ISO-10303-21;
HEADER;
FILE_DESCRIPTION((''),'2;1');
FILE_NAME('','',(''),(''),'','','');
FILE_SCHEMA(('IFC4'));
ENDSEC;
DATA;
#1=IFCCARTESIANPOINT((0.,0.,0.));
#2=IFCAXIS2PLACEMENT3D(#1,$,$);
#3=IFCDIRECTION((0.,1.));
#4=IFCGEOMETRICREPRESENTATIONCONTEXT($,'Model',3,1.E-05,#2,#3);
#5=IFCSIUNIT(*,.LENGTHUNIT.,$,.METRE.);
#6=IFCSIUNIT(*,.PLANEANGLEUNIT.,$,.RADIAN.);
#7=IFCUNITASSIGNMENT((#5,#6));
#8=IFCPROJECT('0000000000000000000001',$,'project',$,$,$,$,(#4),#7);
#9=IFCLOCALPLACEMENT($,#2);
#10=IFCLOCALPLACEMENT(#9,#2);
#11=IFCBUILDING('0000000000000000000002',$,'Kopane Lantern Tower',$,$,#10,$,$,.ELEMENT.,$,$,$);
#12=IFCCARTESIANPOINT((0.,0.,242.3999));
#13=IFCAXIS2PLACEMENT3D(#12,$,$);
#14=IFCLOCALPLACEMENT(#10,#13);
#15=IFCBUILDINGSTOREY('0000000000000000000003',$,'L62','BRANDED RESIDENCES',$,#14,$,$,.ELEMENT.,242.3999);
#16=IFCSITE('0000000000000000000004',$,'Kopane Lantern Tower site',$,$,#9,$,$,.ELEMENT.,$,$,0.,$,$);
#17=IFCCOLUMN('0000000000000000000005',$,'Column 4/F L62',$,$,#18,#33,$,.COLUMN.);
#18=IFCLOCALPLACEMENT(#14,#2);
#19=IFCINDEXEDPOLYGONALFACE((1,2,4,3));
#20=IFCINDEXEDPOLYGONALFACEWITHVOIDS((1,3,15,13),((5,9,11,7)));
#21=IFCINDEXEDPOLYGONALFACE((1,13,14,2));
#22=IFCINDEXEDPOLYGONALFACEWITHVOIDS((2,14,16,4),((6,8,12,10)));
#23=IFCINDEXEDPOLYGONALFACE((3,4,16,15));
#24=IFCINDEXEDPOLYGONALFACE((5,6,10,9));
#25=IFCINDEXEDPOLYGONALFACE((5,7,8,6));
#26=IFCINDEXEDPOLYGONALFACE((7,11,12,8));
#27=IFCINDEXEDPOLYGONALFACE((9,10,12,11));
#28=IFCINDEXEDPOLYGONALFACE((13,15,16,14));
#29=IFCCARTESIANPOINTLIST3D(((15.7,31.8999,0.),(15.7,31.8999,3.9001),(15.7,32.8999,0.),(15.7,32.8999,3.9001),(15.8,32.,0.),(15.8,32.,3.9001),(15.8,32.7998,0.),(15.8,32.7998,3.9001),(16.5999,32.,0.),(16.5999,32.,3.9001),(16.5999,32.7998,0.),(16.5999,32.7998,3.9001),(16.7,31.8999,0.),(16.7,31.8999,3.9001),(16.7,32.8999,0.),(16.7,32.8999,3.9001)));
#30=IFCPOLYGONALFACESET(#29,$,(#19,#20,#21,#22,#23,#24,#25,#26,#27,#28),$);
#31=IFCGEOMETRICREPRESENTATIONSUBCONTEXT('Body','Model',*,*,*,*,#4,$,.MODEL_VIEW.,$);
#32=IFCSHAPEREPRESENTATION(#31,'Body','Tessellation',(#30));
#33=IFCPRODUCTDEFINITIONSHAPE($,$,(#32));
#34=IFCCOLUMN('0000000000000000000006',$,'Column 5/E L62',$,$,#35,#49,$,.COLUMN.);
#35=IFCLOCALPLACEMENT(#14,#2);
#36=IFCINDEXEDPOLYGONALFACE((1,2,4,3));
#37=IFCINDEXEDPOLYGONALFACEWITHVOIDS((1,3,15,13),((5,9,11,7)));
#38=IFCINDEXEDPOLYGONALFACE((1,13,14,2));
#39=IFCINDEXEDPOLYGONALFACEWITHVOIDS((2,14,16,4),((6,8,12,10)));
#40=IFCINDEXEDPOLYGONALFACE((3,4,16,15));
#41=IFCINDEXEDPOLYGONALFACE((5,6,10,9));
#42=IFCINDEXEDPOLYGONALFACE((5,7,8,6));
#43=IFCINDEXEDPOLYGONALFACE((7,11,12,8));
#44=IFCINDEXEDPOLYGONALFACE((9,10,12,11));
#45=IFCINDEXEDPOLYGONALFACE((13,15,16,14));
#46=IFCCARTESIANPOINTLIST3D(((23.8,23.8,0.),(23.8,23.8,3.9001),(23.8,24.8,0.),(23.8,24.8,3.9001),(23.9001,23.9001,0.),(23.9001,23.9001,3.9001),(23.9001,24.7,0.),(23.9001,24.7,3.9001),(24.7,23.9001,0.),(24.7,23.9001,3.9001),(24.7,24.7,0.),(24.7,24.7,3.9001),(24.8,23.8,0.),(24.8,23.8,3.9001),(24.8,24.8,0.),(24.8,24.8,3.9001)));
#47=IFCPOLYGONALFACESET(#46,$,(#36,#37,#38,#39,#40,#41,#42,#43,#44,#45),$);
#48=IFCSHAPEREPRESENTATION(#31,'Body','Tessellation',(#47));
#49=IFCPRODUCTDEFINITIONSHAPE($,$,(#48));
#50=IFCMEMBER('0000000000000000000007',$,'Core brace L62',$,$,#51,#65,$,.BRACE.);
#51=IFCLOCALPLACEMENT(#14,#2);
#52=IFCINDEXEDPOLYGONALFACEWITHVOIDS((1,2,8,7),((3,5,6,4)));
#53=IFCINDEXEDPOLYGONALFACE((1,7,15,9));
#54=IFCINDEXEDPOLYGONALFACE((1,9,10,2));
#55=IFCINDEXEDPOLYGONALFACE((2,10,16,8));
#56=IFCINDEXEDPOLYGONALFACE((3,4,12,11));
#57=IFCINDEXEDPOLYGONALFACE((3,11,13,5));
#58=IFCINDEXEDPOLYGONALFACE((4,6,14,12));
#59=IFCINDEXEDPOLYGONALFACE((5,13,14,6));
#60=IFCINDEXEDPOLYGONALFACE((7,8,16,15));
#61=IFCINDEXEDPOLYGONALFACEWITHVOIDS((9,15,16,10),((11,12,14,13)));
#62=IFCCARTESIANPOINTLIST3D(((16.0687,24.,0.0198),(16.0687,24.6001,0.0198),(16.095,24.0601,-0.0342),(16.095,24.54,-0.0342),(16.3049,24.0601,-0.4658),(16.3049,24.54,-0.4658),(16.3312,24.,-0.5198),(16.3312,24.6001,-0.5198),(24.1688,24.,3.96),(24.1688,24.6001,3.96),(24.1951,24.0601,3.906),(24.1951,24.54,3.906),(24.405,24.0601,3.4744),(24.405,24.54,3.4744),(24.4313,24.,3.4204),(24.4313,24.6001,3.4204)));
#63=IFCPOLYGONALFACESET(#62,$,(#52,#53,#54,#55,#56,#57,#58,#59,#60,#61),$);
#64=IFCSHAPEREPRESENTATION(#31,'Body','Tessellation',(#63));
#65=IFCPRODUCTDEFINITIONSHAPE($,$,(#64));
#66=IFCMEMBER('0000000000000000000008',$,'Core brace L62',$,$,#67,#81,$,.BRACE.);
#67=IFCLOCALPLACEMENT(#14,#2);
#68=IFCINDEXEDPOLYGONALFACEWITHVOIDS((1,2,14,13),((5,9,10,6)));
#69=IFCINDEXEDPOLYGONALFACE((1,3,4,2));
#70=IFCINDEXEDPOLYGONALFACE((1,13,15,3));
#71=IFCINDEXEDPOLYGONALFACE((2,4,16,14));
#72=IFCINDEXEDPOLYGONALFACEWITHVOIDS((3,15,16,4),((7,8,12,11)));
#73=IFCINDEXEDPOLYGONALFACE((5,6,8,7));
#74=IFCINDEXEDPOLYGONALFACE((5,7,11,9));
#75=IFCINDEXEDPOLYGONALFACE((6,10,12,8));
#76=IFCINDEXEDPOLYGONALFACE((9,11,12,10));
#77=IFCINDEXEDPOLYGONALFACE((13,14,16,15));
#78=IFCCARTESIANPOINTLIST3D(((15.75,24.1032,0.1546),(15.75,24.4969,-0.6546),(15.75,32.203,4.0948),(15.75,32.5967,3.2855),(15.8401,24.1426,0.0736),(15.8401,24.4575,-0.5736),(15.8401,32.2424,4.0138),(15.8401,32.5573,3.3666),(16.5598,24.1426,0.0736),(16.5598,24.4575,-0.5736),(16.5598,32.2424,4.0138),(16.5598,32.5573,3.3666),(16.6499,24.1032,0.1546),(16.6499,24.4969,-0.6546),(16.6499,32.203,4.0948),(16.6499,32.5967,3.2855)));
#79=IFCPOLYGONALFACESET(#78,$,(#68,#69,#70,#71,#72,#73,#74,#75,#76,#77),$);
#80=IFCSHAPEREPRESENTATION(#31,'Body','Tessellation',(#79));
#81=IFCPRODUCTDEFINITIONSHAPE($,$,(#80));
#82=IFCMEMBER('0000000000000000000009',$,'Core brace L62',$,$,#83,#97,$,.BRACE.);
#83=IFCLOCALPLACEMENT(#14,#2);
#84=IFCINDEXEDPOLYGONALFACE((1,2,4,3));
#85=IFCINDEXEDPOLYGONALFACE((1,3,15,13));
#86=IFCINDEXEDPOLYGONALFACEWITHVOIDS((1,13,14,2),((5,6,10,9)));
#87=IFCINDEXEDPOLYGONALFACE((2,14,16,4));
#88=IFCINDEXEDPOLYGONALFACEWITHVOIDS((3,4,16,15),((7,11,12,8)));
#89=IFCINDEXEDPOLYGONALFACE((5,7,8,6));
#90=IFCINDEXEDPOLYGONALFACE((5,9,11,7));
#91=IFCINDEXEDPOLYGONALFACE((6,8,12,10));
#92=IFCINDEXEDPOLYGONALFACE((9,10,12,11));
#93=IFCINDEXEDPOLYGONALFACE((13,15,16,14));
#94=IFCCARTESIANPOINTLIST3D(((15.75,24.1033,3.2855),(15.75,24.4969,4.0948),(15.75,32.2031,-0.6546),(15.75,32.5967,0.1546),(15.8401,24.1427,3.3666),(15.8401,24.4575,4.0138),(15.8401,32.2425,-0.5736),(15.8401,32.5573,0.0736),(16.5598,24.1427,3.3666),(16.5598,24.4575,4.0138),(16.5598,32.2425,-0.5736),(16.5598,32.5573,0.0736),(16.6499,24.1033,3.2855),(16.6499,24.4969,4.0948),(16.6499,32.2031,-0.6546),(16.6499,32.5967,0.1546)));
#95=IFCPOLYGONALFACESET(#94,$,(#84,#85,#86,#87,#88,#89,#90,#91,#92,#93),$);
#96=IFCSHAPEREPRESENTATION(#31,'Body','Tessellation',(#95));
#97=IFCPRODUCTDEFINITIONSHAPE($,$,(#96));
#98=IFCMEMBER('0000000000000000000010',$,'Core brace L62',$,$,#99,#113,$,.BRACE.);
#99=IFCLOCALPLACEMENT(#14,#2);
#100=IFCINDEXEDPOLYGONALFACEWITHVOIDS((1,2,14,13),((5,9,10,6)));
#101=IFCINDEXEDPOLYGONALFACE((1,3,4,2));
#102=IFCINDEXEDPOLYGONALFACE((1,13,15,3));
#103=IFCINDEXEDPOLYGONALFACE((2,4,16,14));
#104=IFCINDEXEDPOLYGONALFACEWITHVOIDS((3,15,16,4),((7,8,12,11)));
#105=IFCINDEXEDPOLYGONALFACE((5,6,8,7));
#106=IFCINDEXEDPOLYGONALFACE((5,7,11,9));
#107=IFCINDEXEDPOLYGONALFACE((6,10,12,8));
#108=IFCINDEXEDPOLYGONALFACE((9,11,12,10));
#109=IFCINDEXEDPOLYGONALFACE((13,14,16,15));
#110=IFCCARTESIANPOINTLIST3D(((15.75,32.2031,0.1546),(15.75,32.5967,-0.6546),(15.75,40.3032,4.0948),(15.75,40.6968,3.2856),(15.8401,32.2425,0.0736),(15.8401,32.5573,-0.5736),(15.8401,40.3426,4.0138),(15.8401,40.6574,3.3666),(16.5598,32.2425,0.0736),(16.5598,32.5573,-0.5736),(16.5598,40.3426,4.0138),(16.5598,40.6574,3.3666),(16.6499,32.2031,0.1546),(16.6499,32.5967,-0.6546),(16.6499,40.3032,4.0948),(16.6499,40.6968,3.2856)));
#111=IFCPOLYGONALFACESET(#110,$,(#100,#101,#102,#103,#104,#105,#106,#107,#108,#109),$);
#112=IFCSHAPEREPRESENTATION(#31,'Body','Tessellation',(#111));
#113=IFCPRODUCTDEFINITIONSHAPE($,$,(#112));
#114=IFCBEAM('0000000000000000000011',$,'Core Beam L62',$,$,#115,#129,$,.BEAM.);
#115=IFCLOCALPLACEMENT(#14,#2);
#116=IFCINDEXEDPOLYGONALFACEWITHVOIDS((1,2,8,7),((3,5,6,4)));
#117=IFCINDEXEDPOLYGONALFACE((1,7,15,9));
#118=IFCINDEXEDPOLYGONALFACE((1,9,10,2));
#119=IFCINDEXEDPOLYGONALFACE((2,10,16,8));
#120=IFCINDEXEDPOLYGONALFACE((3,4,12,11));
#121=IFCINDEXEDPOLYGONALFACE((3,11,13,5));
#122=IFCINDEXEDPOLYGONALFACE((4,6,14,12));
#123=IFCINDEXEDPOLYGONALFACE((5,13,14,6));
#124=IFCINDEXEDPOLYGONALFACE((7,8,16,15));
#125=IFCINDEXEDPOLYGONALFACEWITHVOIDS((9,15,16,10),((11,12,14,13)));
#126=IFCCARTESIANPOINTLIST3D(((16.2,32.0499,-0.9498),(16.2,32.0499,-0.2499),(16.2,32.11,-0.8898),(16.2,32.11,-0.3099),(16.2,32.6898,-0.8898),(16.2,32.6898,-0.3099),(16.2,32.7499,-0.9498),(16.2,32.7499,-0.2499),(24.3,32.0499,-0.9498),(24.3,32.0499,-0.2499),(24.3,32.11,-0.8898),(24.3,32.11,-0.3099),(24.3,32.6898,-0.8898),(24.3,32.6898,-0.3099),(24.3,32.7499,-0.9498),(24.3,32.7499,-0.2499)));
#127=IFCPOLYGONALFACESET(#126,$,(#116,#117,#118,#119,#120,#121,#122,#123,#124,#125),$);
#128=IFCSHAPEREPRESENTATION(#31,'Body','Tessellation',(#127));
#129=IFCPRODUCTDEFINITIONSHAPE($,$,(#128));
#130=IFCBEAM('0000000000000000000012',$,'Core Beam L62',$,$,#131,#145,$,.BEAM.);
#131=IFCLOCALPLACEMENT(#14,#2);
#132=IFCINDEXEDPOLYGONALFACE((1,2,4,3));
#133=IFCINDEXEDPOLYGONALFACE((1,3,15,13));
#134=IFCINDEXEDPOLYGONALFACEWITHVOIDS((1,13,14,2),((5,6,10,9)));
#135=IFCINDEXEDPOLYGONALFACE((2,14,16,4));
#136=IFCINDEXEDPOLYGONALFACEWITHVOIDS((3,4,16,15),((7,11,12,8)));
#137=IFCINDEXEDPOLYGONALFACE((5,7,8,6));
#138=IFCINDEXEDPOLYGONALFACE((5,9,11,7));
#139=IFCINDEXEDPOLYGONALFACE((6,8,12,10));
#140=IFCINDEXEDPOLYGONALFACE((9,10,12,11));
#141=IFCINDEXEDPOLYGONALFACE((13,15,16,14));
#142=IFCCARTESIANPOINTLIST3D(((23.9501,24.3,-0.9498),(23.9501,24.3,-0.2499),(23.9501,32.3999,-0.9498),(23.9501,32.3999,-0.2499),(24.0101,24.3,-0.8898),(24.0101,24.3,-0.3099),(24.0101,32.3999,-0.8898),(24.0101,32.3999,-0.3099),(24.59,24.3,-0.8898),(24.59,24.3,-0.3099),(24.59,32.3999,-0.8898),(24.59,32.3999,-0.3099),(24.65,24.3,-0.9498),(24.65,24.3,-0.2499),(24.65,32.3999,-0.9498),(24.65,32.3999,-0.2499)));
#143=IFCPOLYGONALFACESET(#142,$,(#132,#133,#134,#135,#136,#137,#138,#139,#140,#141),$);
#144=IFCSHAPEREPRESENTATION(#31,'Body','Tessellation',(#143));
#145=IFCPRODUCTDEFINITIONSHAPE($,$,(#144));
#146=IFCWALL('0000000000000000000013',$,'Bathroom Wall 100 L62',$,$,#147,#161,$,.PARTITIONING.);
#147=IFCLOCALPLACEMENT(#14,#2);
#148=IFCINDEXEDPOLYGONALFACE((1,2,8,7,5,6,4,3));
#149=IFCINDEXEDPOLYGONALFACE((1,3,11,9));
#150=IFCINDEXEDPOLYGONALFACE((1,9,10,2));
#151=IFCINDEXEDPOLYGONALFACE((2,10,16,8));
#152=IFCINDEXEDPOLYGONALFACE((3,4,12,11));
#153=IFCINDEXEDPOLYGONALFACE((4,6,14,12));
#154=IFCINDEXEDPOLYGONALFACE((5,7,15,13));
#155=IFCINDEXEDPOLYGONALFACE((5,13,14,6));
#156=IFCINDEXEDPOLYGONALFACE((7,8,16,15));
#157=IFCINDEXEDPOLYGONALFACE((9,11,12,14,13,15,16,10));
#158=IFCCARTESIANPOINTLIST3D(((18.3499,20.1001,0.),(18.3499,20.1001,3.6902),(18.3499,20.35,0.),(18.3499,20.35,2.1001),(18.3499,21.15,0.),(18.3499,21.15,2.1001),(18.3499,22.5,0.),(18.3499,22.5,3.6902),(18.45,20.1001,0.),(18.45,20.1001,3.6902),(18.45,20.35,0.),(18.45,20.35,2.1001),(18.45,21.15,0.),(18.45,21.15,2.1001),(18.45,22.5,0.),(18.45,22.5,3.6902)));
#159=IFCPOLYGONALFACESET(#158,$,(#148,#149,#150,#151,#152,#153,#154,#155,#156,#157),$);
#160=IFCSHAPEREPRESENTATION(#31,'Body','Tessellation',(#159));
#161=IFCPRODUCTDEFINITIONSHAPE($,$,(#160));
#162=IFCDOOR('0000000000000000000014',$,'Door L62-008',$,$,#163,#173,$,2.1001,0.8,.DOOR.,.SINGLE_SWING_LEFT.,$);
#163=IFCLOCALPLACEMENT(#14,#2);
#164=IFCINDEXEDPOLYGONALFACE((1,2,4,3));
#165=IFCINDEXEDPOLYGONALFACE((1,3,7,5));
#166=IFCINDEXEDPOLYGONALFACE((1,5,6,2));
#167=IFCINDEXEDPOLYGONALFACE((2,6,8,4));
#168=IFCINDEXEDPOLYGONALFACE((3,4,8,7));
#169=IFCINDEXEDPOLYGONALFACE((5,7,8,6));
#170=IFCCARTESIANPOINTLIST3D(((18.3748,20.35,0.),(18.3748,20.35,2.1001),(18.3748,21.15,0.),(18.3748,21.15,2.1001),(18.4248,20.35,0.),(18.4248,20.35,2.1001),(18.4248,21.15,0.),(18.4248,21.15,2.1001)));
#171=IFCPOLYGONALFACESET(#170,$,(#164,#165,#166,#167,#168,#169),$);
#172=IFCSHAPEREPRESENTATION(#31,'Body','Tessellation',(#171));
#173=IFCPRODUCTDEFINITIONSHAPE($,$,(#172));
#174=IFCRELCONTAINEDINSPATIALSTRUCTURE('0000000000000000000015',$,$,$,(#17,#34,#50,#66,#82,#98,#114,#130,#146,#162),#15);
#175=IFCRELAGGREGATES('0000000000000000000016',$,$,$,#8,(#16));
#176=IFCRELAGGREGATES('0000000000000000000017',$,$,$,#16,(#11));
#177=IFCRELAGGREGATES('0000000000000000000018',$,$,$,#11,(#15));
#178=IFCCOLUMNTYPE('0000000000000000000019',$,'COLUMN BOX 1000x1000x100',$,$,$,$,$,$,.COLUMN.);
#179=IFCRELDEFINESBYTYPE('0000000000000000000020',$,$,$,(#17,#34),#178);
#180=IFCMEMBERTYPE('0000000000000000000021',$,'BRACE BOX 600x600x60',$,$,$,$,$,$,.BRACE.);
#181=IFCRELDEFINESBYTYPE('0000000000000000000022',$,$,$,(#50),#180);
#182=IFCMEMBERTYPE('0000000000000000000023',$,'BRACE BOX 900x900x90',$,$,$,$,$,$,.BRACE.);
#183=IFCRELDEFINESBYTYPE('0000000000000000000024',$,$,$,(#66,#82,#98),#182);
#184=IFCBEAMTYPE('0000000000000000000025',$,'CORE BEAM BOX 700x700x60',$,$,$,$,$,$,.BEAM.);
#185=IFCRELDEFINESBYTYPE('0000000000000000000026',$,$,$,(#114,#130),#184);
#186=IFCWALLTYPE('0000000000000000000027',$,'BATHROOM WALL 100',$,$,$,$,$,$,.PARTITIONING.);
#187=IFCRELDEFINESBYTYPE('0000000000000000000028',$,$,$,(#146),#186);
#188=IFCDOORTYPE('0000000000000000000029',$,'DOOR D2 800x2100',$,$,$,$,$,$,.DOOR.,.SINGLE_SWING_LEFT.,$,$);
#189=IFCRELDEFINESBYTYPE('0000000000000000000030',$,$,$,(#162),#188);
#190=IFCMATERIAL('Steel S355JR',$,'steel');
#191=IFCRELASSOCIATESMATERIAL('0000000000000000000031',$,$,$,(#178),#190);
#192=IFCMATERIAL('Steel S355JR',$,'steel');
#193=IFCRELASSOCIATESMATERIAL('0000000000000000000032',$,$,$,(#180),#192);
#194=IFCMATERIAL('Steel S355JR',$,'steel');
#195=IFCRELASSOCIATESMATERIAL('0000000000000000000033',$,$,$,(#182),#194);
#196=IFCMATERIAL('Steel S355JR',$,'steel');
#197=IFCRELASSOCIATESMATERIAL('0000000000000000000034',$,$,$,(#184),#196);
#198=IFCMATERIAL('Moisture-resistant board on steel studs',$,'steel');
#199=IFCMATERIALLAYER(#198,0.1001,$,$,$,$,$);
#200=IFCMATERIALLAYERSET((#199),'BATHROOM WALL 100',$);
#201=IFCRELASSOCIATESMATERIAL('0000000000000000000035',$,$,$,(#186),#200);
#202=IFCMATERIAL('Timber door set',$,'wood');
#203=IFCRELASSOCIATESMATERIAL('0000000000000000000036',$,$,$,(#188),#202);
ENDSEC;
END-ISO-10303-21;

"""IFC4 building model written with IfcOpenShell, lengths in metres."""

from ifc_helpers import new_model, si_unit, direction, frame, frame_2d, origin, origin_2d, place, context, subcontext, project, spatial, rectangle, hollow_rectangle, extrude, material, layer, layer_set, material_profile, profile_set, type_object, element, fill, save


model = new_model("IFC4")

# Units and contexts
model_context = context("Model", 3, precision=1e-05, world=origin(), true_north=direction((0.0, 1.0)))
body_context = subcontext(model_context, "Body", "Model", "MODEL_VIEW")
ifc_project = project(units=[si_unit("LENGTHUNIT", "METRE"), si_unit("PLANEANGLEUNIT", "RADIAN")], contexts=[model_context])

# Site, building, storey
site_placement = place(None, origin())
site = spatial("IfcSite", under=ifc_project, at=site_placement, Name="Kopane Lantern Tower site", CompositionType="ELEMENT", RefElevation=0.0)
building_placement = place(site_placement, origin())
building = spatial("IfcBuilding", under=site, at=building_placement, Name="Kopane Lantern Tower", CompositionType="ELEMENT")
storey_placement = place(building_placement, frame((0.0, 0.0, 242.3999)))
storey = spatial("IfcBuildingStorey", under=building, at=storey_placement, Name="L62", Description="BRANDED RESIDENCES", CompositionType="ELEMENT", Elevation=242.3999)

# Columns
ifc_material_1 = material(Name="Steel S355JR", Category="steel")
ifc_material_profile_1 = material_profile(ifc_material_1, hollow_rectangle(XDim=1.0, YDim=1.0, WallThickness=0.1001, at=origin_2d()), Name="BOX 1000x1000x100")
ifc_profile_set_1 = profile_set([ifc_material_profile_1], Name="Steel S355JR")
column_type = type_object("IfcColumnType", Name="COLUMN BOX 1000x1000x100", PredefinedType="COLUMN", material=ifc_profile_set_1)
for number, where, z_axis, x_axis, name in (
    (1, (16.2, 32.3999, 0.0), (0.0, 0.0, 1.0), (1.0, 0.0, 0.0), "Column 4/F L62"),
    (2, (24.3, 24.3, 0.0), (0.0, 0.0, 1.0), (1.0, 0.0, 0.0), "Column 5/E L62"),
):
    element("IfcColumn", number, at=place(storey_placement, frame(where, z_axis=z_axis, x_axis=x_axis)), inside=storey, type_object=column_type, Name=name, PredefinedType="COLUMN", context=body_context, shape_type="SweptSolid", body=[
        extrude(hollow_rectangle(XDim=1.0, YDim=1.0, WallThickness=0.1001, at=origin_2d()), origin(), (0.0, 0.0, 1.0), 3.9001),
    ])

# Members
ifc_material_2 = material(Name="Steel S355JR", Category="steel")
ifc_material_profile_2 = material_profile(ifc_material_2, hollow_rectangle(XDim=0.6001, YDim=0.6001, WallThickness=0.0601, at=origin_2d()), Name="BOX 600x600x60")
ifc_profile_set_2 = profile_set([ifc_material_profile_2], Name="Steel S355JR")
member_type_1 = type_object("IfcMemberType", Name="BRACE BOX 600x600x60", PredefinedType="BRACE", material=ifc_profile_set_2)
member_1_placement = place(storey_placement, frame((16.2, 24.3, -0.25), z_axis=(0.899253, 0.0, 0.43743), x_axis=(0.0, 1.0, 0.0)))
element("IfcMember", 3, at=member_1_placement, inside=storey, type_object=member_type_1, Name="Core brace L62", PredefinedType="BRACE", context=body_context, shape_type="SweptSolid", body=[
    extrude(hollow_rectangle(XDim=0.6001, YDim=0.6001, WallThickness=0.0601, at=origin_2d()), origin(), (0.0, 0.0, 1.0), 9.0076),
])
ifc_material_3 = material(Name="Steel S355JR", Category="steel")
ifc_material_profile_3 = material_profile(ifc_material_3, hollow_rectangle(XDim=0.8999, YDim=0.8999, WallThickness=0.0901, at=origin_2d()), Name="BOX 900x900x90")
ifc_profile_set_3 = profile_set([ifc_material_profile_3], Name="Steel S355JR")
member_type_2 = type_object("IfcMemberType", Name="BRACE BOX 900x900x90", PredefinedType="BRACE", material=ifc_profile_set_3)
for number, where, z_axis, x_axis, name in (
    (4, (16.2, 24.3, -0.25), (0.0, 0.899247, 0.43744), (-1.0, 0.0, 0.0), "Core brace L62"),
    (5, (16.2, 32.3999, -0.25), (0.0, -0.899247, 0.43744), (1.0, 0.0, 0.0), "Core brace L62"),
):
    element("IfcMember", number, at=place(storey_placement, frame(where, z_axis=z_axis, x_axis=x_axis)), inside=storey, type_object=member_type_2, Name=name, PredefinedType="BRACE", context=body_context, shape_type="SweptSolid", body=[
        extrude(hollow_rectangle(XDim=0.8999, YDim=0.8999, WallThickness=0.0901, at=origin_2d()), origin(), (0.0, 0.0, 1.0), 9.0073),
    ])
member_2_placement = place(storey_placement, frame((16.2, 32.3999, -0.25), z_axis=(0.0, 0.899253, 0.43743), x_axis=(-1.0, 0.0, 0.0)))
element("IfcMember", 6, at=member_2_placement, inside=storey, type_object=member_type_2, Name="Core brace L62", PredefinedType="BRACE", context=body_context, shape_type="SweptSolid", body=[
    extrude(hollow_rectangle(XDim=0.8999, YDim=0.8999, WallThickness=0.0901, at=origin_2d()), origin(), (0.0, 0.0, 1.0), 9.0076),
])

# Beams
ifc_material_4 = material(Name="Steel S355JR", Category="steel")
ifc_material_profile_4 = material_profile(ifc_material_4, hollow_rectangle(XDim=0.7, YDim=0.7, WallThickness=0.0601, at=origin_2d()), Name="BOX 700x700x60")
ifc_profile_set_4 = profile_set([ifc_material_profile_4], Name="Steel S355JR")
beam_type = type_object("IfcBeamType", Name="CORE BEAM BOX 700x700x60", PredefinedType="BEAM", material=ifc_profile_set_4)
beam_1_placement = place(storey_placement, frame((16.2, 32.3999, -0.5999), z_axis=(1.0, 0.0, 0.0), x_axis=(0.0, 1.0, 0.0)))
element("IfcBeam", 7, at=beam_1_placement, inside=storey, type_object=beam_type, Name="Core Beam L62", PredefinedType="BEAM", context=body_context, shape_type="SweptSolid", body=[
    extrude(hollow_rectangle(XDim=0.7, YDim=0.7, WallThickness=0.0601, at=origin_2d()), origin(), (0.0, 0.0, 1.0), 8.1001),
])
beam_2_placement = place(storey_placement, frame((24.3, 24.3, -0.5999), z_axis=(0.0, 1.0, 0.0), x_axis=(-1.0, 0.0, 0.0)))
element("IfcBeam", 8, at=beam_2_placement, inside=storey, type_object=beam_type, Name="Core Beam L62", PredefinedType="BEAM", context=body_context, shape_type="SweptSolid", body=[
    extrude(hollow_rectangle(XDim=0.7, YDim=0.7, WallThickness=0.0601, at=origin_2d()), origin(), (0.0, 0.0, 1.0), 8.0999),
])

# Wall, opening, door
ifc_material_5 = material(Name="Moisture-resistant board on steel studs", Category="steel")
ifc_layer_1 = layer(ifc_material_5, 0.1001)
ifc_layer_set_1 = layer_set([ifc_layer_1], Name="BATHROOM WALL 100")
wall_type_1 = type_object("IfcWallType", Name="BATHROOM WALL 100", PredefinedType="PARTITIONING", material=ifc_layer_set_1)
wall_1_placement = place(storey_placement, frame((18.3999, 22.5, 0.0), z_axis=(0.0, 0.0, 1.0), x_axis=(0.0, -1.0, 0.0)))
wall_1 = element("IfcWall", 9, at=wall_1_placement, inside=storey, type_object=wall_type_1, Name="Bathroom Wall 100 L62", PredefinedType="PARTITIONING", context=body_context, shape_type="SweptSolid", body=[
    extrude(rectangle(XDim=2.3999, YDim=0.1001, at=frame_2d((1.2, 0.0))), origin(), (0.0, 0.0, 1.0), 3.6902),
])
opening_1_placement = place(wall_1_placement, frame((1.3501, 0.0, 0.0)))
opening_1 = element("IfcOpeningElement", 10, at=opening_1_placement, cuts=wall_1, PredefinedType="OPENING", context=body_context, shape_type="SweptSolid", body=[
    extrude(rectangle(XDim=0.8, YDim=2.1001, at=frame_2d((0.3999, 1.05))), frame((0.0, 0.0601, 0.0), z_axis=(0.0, -1.0, 0.0), x_axis=(1.0, 0.0, 0.0)), (0.0, 0.0, 1.0), 0.1201),
])
ifc_material_6 = material(Name="Timber door set", Category="wood")
door_type_1 = type_object("IfcDoorType", Name="DOOR D2 800x2100", OperationType="SINGLE_SWING_LEFT", PredefinedType="DOOR", material=ifc_material_6)
door_1_placement = place(opening_1_placement, origin())
door_1 = element("IfcDoor", 11, at=door_1_placement, inside=storey, type_object=door_type_1, Name="Door L62-008", OperationType="SINGLE_SWING_LEFT", OverallHeight=2.1001, OverallWidth=0.8, PredefinedType="DOOR", context=body_context, shape_type="SweptSolid", body=[
    extrude(rectangle(XDim=0.8, YDim=2.1001, at=frame_2d((0.3999, 1.05))), frame((0.0, 0.0249, 0.0), z_axis=(0.0, -1.0, 0.0), x_axis=(1.0, 0.0, 0.0)), (0.0, 0.0, 1.0), 0.05),
])
fill(opening_1, door_1)

save(model, "model.ifc")
